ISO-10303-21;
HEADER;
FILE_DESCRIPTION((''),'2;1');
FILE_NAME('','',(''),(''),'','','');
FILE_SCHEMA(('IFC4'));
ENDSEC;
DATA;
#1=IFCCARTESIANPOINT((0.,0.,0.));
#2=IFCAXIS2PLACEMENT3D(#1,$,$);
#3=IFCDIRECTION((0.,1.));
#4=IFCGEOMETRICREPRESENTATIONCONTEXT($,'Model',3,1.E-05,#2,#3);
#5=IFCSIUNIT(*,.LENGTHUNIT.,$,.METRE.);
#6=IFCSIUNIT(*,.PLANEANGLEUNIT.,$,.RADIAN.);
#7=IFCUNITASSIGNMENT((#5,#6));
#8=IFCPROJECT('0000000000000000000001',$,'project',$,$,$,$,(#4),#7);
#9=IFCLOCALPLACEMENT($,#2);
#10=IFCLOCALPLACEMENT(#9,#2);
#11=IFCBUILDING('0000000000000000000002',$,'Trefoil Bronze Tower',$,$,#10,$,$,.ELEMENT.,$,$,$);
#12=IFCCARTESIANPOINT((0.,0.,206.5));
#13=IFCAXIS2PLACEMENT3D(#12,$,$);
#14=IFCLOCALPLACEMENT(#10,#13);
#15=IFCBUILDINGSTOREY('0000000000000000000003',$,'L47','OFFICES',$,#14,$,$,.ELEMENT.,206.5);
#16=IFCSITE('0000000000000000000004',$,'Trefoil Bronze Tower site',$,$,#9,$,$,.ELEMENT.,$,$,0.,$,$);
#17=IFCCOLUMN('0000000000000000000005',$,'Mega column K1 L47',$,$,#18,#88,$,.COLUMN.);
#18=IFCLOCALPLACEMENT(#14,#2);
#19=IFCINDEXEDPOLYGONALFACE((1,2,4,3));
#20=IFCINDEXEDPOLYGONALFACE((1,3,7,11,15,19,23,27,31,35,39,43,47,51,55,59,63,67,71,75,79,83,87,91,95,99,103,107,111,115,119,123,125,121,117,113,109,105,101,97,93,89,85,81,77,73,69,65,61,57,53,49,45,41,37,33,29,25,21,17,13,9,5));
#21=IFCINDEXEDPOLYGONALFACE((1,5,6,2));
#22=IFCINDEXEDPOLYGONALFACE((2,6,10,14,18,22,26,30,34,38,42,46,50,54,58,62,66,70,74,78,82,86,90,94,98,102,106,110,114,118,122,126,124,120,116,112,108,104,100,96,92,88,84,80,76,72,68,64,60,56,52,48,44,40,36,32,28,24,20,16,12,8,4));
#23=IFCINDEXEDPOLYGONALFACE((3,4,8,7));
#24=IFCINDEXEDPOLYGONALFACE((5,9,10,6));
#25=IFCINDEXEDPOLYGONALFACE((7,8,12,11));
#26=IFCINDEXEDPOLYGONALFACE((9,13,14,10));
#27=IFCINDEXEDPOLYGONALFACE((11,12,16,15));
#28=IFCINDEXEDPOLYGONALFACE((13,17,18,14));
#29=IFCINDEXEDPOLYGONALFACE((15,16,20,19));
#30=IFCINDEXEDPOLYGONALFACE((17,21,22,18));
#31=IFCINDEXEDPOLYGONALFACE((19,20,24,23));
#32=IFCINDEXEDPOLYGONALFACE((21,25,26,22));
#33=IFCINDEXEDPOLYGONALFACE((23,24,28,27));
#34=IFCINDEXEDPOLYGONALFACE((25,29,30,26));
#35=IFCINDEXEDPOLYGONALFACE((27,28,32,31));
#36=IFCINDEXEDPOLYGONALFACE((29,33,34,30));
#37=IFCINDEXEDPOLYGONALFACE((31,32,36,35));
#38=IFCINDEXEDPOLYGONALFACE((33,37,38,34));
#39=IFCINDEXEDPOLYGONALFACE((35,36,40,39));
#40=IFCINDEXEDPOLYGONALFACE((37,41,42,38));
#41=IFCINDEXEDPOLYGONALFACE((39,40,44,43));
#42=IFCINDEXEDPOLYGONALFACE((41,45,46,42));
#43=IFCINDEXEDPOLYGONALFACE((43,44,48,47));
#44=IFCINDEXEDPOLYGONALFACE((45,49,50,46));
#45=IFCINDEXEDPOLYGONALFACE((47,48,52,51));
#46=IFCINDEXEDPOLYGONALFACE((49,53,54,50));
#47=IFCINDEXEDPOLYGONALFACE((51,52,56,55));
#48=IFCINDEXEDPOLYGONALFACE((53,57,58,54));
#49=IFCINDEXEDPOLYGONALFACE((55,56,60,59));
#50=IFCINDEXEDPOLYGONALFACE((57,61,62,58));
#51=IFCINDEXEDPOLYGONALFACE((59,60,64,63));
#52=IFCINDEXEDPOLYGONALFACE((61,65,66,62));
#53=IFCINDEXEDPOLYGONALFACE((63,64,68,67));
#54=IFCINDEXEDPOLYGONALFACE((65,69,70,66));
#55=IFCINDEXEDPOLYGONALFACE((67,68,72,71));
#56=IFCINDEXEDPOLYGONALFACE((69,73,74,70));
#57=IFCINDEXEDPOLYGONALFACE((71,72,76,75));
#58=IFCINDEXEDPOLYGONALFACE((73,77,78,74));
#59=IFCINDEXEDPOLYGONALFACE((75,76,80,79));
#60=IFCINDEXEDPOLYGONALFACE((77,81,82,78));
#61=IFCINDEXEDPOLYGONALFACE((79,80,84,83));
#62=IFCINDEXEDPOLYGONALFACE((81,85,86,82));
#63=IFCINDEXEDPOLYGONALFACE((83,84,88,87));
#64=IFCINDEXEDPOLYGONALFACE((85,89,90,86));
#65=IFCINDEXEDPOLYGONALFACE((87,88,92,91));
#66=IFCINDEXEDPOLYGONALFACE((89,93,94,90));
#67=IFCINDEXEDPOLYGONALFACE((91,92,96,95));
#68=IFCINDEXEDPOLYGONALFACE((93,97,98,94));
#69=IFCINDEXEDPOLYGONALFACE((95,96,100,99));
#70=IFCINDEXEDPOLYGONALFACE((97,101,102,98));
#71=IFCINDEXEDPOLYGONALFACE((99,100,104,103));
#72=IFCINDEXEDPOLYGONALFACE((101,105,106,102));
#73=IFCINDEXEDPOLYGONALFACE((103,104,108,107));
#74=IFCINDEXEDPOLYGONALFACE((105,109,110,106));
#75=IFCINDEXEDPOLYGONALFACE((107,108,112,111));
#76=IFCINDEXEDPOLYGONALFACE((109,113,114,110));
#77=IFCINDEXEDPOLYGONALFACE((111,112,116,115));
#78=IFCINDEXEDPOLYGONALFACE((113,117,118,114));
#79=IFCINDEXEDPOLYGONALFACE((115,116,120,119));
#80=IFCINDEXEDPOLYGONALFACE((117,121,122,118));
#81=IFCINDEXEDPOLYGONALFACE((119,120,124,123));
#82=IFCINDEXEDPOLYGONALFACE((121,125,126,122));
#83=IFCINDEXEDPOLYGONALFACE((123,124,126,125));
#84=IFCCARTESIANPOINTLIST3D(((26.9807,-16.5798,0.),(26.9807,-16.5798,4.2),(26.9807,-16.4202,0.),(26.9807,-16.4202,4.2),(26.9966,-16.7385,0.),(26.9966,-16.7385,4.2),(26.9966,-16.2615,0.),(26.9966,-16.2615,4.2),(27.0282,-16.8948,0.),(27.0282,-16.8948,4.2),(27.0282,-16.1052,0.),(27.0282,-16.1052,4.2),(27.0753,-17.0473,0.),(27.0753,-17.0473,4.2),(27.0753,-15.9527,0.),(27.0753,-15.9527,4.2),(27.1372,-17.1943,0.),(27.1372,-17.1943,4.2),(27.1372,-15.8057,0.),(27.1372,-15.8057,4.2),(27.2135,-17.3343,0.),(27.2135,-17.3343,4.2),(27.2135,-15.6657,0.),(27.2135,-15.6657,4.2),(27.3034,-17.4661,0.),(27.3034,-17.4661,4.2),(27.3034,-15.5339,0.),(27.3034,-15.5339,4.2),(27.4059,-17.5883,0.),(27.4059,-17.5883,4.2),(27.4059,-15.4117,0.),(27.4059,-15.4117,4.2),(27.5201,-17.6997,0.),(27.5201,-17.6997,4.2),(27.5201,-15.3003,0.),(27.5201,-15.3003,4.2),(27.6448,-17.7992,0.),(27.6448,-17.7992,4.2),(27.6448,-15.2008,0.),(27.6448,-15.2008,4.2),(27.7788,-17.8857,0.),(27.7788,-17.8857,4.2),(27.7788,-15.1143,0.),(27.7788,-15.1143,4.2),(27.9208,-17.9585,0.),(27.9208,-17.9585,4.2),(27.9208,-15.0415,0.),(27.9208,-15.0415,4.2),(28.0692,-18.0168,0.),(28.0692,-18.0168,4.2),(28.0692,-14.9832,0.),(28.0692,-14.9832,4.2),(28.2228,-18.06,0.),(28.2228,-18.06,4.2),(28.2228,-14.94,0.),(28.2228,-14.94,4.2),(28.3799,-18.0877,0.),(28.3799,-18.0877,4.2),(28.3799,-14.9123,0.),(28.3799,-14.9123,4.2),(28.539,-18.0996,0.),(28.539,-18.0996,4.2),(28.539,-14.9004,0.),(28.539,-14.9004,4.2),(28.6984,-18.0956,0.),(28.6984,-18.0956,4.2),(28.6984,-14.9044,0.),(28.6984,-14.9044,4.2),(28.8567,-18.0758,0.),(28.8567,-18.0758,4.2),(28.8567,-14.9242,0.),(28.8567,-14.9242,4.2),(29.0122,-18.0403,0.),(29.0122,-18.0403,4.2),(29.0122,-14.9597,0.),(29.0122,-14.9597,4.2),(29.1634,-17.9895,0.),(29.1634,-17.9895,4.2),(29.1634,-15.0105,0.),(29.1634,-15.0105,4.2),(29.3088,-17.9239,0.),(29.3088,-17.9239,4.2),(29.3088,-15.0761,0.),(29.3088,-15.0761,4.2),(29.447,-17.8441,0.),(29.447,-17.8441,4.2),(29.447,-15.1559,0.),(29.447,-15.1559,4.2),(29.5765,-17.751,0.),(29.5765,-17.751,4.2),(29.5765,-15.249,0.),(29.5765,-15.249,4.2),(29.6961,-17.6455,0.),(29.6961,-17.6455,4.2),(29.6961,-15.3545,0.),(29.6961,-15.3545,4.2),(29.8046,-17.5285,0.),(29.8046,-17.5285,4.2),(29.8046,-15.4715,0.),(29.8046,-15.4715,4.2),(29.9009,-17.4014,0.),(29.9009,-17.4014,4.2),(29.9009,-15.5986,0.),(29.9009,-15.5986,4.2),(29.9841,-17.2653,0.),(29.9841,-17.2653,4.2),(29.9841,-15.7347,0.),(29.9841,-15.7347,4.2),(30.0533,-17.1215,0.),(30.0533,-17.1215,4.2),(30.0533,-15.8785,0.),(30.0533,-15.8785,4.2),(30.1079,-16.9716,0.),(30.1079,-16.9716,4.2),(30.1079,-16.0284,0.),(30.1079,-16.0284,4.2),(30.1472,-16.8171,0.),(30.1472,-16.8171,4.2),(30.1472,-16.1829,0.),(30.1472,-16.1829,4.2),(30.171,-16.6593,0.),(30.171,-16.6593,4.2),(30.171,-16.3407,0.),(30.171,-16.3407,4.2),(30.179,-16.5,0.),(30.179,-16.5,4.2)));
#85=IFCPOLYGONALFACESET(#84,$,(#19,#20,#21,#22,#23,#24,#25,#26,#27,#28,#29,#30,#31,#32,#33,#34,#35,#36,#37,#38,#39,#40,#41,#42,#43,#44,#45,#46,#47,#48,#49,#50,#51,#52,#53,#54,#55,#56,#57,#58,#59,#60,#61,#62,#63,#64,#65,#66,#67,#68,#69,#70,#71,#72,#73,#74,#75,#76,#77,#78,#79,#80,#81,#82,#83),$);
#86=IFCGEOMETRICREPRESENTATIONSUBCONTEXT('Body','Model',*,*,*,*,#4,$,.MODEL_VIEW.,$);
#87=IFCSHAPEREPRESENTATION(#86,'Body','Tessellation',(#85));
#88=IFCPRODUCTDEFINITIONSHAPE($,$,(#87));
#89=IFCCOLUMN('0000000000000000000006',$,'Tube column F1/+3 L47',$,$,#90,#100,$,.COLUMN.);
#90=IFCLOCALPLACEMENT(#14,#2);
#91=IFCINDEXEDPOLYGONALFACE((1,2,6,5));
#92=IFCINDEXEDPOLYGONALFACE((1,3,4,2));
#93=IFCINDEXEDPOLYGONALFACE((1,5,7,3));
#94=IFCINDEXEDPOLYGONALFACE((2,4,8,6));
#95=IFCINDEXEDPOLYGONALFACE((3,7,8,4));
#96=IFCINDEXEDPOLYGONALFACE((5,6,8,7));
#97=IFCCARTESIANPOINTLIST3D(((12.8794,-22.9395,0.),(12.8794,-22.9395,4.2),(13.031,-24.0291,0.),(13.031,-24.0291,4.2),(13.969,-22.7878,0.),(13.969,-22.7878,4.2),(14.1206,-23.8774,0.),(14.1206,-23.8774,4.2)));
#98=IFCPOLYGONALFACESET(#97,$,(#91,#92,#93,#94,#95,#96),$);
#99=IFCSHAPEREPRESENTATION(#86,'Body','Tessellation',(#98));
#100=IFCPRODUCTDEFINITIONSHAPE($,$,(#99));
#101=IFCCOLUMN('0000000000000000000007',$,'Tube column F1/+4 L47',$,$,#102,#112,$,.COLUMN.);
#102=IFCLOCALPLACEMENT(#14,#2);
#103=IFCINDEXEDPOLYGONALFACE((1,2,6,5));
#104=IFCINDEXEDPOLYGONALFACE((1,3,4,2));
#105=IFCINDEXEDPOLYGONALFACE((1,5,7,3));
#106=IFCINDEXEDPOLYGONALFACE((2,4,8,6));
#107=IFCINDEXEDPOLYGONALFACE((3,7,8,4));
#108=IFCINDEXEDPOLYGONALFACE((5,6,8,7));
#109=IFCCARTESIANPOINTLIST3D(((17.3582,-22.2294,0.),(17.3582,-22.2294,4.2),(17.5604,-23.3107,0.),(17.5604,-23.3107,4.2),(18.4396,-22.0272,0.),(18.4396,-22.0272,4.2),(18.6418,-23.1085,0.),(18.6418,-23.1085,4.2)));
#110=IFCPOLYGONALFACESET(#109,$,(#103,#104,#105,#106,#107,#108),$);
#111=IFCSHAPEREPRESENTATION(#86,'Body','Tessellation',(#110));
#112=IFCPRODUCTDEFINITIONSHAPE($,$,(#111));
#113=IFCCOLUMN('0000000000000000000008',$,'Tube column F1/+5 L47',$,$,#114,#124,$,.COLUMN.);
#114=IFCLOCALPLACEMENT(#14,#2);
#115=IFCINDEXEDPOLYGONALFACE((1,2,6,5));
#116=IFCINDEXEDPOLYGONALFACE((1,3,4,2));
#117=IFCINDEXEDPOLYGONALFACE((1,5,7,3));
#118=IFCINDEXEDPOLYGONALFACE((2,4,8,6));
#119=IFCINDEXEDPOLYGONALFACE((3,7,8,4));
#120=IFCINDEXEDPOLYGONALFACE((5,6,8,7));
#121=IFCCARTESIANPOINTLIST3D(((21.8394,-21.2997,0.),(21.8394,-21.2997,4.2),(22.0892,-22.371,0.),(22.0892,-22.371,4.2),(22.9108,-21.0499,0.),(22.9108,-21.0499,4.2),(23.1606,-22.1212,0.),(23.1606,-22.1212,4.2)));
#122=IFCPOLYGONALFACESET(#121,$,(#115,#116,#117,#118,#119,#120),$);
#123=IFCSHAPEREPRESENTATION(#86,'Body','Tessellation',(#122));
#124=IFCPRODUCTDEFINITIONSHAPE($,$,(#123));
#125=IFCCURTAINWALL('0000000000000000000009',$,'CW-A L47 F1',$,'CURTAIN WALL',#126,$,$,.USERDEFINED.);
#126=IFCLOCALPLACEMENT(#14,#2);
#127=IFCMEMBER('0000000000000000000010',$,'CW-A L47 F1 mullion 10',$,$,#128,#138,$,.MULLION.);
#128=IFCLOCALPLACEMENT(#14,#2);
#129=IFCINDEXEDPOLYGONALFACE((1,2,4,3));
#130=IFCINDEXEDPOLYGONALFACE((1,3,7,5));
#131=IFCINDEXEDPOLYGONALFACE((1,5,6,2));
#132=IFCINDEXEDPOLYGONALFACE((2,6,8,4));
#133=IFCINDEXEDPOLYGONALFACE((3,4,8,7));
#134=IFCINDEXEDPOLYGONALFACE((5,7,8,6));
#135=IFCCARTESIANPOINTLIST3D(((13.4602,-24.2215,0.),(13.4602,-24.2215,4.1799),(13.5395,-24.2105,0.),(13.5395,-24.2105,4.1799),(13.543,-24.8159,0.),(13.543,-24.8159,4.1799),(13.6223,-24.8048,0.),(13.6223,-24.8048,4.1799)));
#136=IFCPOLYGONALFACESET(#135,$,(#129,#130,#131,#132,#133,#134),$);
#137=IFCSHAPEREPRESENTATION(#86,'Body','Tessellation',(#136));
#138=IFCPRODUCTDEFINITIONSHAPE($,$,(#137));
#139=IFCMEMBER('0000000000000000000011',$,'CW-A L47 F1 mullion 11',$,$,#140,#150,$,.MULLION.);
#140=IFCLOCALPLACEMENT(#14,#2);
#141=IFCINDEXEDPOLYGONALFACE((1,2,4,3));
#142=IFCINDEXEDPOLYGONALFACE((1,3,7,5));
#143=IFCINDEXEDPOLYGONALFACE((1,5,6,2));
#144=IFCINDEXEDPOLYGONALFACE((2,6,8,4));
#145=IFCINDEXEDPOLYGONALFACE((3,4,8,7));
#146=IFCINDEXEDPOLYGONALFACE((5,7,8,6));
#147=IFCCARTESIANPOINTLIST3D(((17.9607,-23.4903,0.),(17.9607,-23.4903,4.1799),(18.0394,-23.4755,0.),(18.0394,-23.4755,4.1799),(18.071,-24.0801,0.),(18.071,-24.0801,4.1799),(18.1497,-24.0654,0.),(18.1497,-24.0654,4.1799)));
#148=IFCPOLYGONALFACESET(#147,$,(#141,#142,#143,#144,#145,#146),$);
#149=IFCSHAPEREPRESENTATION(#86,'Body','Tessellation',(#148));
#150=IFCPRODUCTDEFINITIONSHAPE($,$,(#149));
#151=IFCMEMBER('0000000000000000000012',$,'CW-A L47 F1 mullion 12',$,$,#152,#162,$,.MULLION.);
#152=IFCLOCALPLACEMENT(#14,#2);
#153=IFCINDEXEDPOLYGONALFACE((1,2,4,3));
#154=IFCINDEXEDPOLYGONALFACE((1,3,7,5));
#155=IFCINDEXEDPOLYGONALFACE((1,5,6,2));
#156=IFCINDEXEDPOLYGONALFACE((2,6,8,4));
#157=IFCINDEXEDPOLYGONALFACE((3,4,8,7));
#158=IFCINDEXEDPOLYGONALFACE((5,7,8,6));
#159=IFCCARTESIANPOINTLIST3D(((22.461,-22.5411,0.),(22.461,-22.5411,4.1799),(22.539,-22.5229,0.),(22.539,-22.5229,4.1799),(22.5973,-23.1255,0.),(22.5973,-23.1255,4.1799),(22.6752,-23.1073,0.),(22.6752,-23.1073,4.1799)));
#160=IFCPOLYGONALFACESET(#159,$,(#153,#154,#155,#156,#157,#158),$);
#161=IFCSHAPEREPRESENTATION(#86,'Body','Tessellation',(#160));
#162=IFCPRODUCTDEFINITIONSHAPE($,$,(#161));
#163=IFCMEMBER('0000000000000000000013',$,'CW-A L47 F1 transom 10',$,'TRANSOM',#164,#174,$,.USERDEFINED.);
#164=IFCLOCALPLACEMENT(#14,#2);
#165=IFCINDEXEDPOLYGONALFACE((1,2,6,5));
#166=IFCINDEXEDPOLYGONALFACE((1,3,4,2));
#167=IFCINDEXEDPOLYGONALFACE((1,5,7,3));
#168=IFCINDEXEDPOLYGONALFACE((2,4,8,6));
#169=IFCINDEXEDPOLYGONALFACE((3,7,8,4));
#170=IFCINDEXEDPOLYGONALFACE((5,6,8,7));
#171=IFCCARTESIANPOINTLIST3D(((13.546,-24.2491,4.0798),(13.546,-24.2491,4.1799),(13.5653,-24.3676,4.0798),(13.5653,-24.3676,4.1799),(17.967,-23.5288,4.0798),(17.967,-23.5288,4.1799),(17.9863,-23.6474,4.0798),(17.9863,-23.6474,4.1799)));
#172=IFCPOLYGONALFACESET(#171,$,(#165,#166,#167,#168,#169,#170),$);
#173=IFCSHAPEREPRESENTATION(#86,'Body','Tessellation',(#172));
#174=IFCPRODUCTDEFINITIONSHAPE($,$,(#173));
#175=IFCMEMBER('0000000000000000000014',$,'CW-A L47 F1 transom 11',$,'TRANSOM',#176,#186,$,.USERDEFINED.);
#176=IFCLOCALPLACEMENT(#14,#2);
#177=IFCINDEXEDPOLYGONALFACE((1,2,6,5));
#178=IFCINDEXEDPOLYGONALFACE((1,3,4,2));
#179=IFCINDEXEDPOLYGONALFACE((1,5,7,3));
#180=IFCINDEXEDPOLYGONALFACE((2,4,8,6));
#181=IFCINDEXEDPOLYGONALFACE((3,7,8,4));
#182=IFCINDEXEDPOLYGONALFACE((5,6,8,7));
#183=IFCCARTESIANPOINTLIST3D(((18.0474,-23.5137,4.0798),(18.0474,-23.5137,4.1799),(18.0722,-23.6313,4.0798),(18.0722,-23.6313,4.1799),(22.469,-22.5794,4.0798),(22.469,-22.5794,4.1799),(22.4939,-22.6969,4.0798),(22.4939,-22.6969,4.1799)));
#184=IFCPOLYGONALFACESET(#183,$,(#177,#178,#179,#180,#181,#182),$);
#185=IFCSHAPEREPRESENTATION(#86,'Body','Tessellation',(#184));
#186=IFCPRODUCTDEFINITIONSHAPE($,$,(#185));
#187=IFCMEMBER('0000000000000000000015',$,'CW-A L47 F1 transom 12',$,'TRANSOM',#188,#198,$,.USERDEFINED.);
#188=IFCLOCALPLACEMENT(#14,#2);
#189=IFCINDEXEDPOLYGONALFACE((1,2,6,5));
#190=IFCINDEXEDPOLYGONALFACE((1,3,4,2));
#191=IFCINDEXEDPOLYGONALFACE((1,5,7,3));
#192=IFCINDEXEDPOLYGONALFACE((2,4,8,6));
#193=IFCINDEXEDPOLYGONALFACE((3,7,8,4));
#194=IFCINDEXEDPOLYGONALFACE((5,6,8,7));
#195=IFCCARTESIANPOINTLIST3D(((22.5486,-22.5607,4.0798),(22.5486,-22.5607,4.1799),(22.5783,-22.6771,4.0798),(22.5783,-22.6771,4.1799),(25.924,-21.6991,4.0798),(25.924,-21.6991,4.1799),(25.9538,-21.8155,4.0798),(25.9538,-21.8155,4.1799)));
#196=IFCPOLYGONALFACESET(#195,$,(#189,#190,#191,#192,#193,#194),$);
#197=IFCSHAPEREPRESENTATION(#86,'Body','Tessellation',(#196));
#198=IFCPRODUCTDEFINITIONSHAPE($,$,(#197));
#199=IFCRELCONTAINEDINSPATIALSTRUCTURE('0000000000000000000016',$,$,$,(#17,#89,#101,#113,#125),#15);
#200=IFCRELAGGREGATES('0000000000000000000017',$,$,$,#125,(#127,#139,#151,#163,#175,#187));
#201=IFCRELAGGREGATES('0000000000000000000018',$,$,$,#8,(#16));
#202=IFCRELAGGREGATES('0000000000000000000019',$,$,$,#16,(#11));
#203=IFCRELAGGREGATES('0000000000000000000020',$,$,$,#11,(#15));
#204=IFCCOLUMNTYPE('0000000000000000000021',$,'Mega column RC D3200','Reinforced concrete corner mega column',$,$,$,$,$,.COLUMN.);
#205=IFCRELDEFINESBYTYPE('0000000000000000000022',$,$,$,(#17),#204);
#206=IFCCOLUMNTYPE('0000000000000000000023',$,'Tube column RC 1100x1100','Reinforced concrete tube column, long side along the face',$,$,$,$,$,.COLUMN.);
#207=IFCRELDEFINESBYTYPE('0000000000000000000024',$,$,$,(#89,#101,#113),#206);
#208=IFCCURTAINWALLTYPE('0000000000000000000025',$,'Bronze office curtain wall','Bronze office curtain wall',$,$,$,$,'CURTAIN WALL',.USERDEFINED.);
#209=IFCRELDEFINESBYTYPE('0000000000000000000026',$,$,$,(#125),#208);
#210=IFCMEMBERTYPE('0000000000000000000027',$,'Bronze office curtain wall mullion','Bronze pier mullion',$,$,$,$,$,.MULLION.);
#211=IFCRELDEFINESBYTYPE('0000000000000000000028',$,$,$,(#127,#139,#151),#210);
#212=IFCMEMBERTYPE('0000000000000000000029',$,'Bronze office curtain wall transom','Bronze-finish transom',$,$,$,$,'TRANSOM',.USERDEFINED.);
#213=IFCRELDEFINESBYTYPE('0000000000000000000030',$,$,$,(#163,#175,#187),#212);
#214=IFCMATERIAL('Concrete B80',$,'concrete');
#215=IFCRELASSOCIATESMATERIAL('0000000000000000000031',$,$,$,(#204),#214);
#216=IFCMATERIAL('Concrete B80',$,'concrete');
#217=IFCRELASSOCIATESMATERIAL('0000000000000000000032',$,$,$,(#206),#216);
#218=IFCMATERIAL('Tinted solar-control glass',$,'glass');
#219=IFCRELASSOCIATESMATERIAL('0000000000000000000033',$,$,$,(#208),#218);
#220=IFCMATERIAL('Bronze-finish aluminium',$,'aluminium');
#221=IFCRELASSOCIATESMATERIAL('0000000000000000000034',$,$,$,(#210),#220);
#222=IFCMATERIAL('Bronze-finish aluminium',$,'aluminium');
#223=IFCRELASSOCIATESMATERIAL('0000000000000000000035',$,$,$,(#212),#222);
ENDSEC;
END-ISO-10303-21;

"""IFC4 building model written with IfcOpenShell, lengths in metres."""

from ifc_helpers import new_model, si_unit, direction, frame, origin, origin_2d, place, context, subcontext, project, spatial, rectangle, circle, extrude, material, material_profile, profile_set, type_object, element, aggregate, save


model = new_model("IFC4")

# Units and contexts
model_context = context("Model", 3, precision=1e-05, world=origin(), true_north=direction((0.0, 1.0)))
body_context = subcontext(model_context, "Body", "Model", "MODEL_VIEW")
ifc_project = project(units=[si_unit("LENGTHUNIT", "METRE"), si_unit("PLANEANGLEUNIT", "RADIAN")], contexts=[model_context])

# Site, building, storey
site_placement = place(None, origin())
site = spatial("IfcSite", under=ifc_project, at=site_placement, Name="Trefoil Bronze Tower site", CompositionType="ELEMENT", RefElevation=0.0)
building_placement = place(site_placement, origin())
building = spatial("IfcBuilding", under=site, at=building_placement, Name="Trefoil Bronze Tower", CompositionType="ELEMENT")
storey_placement = place(building_placement, frame((0.0, 0.0, 206.5)))
storey = spatial("IfcBuildingStorey", under=building, at=storey_placement, Name="L47", Description="OFFICES", CompositionType="ELEMENT", Elevation=206.5)

# Columns
ifc_material_1 = material(Name="Concrete B80", Category="concrete")
ifc_material_profile_1 = material_profile(ifc_material_1, circle(Radius=1.6001, at=origin_2d()), Name="RC D3200")
ifc_profile_set_1 = profile_set([ifc_material_profile_1], Name="Concrete B80")
column_type_1 = type_object("IfcColumnType", Name="Mega column RC D3200", Description="Reinforced concrete corner mega column", PredefinedType="COLUMN", material=ifc_profile_set_1)
column_placement = place(storey_placement, frame((28.5789, -16.5, 0.0), z_axis=(0.0, 0.0, 1.0), x_axis=(1.0, 0.0, 0.0)))
element("IfcColumn", 1, at=column_placement, inside=storey, type_object=column_type_1, Name="Mega column K1 L47", PredefinedType="COLUMN", context=body_context, shape_type="SweptSolid", body=[
    extrude(circle(Radius=1.6001, at=origin_2d()), origin(), (0.0, 0.0, 1.0), 4.2),
])
ifc_material_2 = material(Name="Concrete B80", Category="concrete")
ifc_material_profile_2 = material_profile(ifc_material_2, rectangle(XDim=1.1001, YDim=1.1001, at=origin_2d()), Name="RC 1100x1100")
ifc_profile_set_2 = profile_set([ifc_material_profile_2], Name="Concrete B80")
column_type_2 = type_object("IfcColumnType", Name="Tube column RC 1100x1100", Description="Reinforced concrete tube column, long side along the face", PredefinedType="COLUMN", material=ifc_profile_set_2)
for number, where, z_axis, x_axis, name in (
    (2, (13.5, -23.4084, 0.0), (0.0, 0.0, 1.0), (0.990451, 0.137868, 0.0), "Tube column F1/+3 L47"),
    (3, (18.0, -22.6689, 0.0), (0.0, 0.0, 1.0), (0.982959, 0.183825, 0.0), "Tube column F1/+4 L47"),
    (4, (22.5, -21.7104, 0.0), (0.0, 0.0, 1.0), (0.973875, 0.227083, 0.0), "Tube column F1/+5 L47"),
):
    element("IfcColumn", number, at=place(storey_placement, frame(where, z_axis=z_axis, x_axis=x_axis)), inside=storey, type_object=column_type_2, Name=name, PredefinedType="COLUMN", context=body_context, shape_type="SweptSolid", body=[
        extrude(rectangle(XDim=1.1001, YDim=1.1001, at=origin_2d()), origin(), (0.0, 0.0, 1.0), 4.2),
    ])

# Curtain wall, members
ifc_material_3 = material(Name="Tinted solar-control glass", Category="glass")
curtain_wall_type_1 = type_object("IfcCurtainWallType", Name="Bronze office curtain wall", Description="Bronze office curtain wall", ElementType="CURTAIN WALL", PredefinedType="USERDEFINED", material=ifc_material_3)
curtain_wall_1_placement = place(storey_placement, origin())
curtain_wall_1 = element("IfcCurtainWall", 5, at=curtain_wall_1_placement, inside=storey, type_object=curtain_wall_type_1, Name="CW-A L47 F1", ObjectType="CURTAIN WALL", PredefinedType="USERDEFINED")
ifc_material_4 = material(Name="Bronze-finish aluminium", Category="aluminium")
ifc_material_profile_3 = material_profile(ifc_material_4, rectangle(XDim=0.6001, YDim=0.0801, at=origin_2d()), Name="CW-A mullion")
ifc_profile_set_3 = profile_set([ifc_material_profile_3], Name="Bronze-finish aluminium")
member_type_1 = type_object("IfcMemberType", Name="Bronze office curtain wall mullion", Description="Bronze pier mullion", PredefinedType="MULLION", material=ifc_profile_set_3)
member_1_placement = place(storey_placement, frame((13.5413, -24.5132, 0.0), z_axis=(0.0, 0.0, 1.0), x_axis=(-0.137868, 0.990451, 0.0)))
member_1 = element("IfcMember", 6, at=member_1_placement, type_object=member_type_1, Name="CW-A L47 F1 mullion 10", PredefinedType="MULLION", context=body_context, shape_type="SweptSolid", body=[
    extrude(rectangle(XDim=0.6001, YDim=0.0801, at=origin_2d()), origin(), (0.0, 0.0, 1.0), 4.1799),
])
member_2_placement = place(storey_placement, frame((18.0552, -23.7778, 0.0), z_axis=(0.0, 0.0, 1.0), x_axis=(-0.183825, 0.982959, 0.0)))
member_2 = element("IfcMember", 7, at=member_2_placement, type_object=member_type_1, Name="CW-A L47 F1 mullion 11", PredefinedType="MULLION", context=body_context, shape_type="SweptSolid", body=[
    extrude(rectangle(XDim=0.6001, YDim=0.0801, at=origin_2d()), origin(), (0.0, 0.0, 1.0), 4.1799),
])
member_3_placement = place(storey_placement, frame((22.5681, -22.8242, 0.0), z_axis=(0.0, 0.0, 1.0), x_axis=(-0.227083, 0.973875, 0.0)))
member_3 = element("IfcMember", 8, at=member_3_placement, type_object=member_type_1, Name="CW-A L47 F1 mullion 12", PredefinedType="MULLION", context=body_context, shape_type="SweptSolid", body=[
    extrude(rectangle(XDim=0.6001, YDim=0.0801, at=origin_2d()), origin(), (0.0, 0.0, 1.0), 4.1799),
])
ifc_material_5 = material(Name="Bronze-finish aluminium", Category="aluminium")
ifc_material_profile_4 = material_profile(ifc_material_5, rectangle(XDim=0.1201, YDim=0.1001, at=origin_2d()), Name="CW-A transom")
ifc_profile_set_4 = profile_set([ifc_material_profile_4], Name="Bronze-finish aluminium")
member_type_2 = type_object("IfcMemberType", Name="Bronze office curtain wall transom", Description="Bronze-finish transom", ElementType="TRANSOM", PredefinedType="USERDEFINED", material=ifc_profile_set_4)
member_4_placement = place(storey_placement, frame((13.5557, -24.3083, 4.1299), z_axis=(0.986988, 0.160792, 0.0), x_axis=(-0.160792, 0.986988, 0.0)))
member_4 = element("IfcMember", 9, at=member_4_placement, type_object=member_type_2, Name="CW-A L47 F1 transom 10", ObjectType="TRANSOM", PredefinedType="USERDEFINED", context=body_context, shape_type="SweptSolid", body=[
    extrude(rectangle(XDim=0.1201, YDim=0.1001, at=origin_2d()), origin(), (0.0, 0.0, 1.0), 4.4792),
])
member_5_placement = place(storey_placement, frame((18.0598, -23.5725, 4.1299), z_axis=(0.978395, 0.206743, 0.0), x_axis=(-0.206743, 0.978395, 0.0)))
member_5 = element("IfcMember", 10, at=member_5_placement, type_object=member_type_2, Name="CW-A L47 F1 transom 11", ObjectType="TRANSOM", PredefinedType="USERDEFINED", context=body_context, shape_type="SweptSolid", body=[
    extrude(rectangle(XDim=0.1201, YDim=0.1001, at=origin_2d()), origin(), (0.0, 0.0, 1.0), 4.5193),
])
member_6_placement = place(storey_placement, frame((22.5635, -22.6189, 4.1299), z_axis=(0.968935, 0.247315, 0.0), x_axis=(-0.247315, 0.968935, 0.0)))
member_6 = element("IfcMember", 11, at=member_6_placement, type_object=member_type_2, Name="CW-A L47 F1 transom 12", ObjectType="TRANSOM", PredefinedType="USERDEFINED", context=body_context, shape_type="SweptSolid", body=[
    extrude(rectangle(XDim=0.1201, YDim=0.1001, at=origin_2d()), origin(), (0.0, 0.0, 1.0), 3.4836),
])

aggregate(curtain_wall_1, [member_1, member_2, member_3, member_4, member_5, member_6])

save(model, "model.ifc")
